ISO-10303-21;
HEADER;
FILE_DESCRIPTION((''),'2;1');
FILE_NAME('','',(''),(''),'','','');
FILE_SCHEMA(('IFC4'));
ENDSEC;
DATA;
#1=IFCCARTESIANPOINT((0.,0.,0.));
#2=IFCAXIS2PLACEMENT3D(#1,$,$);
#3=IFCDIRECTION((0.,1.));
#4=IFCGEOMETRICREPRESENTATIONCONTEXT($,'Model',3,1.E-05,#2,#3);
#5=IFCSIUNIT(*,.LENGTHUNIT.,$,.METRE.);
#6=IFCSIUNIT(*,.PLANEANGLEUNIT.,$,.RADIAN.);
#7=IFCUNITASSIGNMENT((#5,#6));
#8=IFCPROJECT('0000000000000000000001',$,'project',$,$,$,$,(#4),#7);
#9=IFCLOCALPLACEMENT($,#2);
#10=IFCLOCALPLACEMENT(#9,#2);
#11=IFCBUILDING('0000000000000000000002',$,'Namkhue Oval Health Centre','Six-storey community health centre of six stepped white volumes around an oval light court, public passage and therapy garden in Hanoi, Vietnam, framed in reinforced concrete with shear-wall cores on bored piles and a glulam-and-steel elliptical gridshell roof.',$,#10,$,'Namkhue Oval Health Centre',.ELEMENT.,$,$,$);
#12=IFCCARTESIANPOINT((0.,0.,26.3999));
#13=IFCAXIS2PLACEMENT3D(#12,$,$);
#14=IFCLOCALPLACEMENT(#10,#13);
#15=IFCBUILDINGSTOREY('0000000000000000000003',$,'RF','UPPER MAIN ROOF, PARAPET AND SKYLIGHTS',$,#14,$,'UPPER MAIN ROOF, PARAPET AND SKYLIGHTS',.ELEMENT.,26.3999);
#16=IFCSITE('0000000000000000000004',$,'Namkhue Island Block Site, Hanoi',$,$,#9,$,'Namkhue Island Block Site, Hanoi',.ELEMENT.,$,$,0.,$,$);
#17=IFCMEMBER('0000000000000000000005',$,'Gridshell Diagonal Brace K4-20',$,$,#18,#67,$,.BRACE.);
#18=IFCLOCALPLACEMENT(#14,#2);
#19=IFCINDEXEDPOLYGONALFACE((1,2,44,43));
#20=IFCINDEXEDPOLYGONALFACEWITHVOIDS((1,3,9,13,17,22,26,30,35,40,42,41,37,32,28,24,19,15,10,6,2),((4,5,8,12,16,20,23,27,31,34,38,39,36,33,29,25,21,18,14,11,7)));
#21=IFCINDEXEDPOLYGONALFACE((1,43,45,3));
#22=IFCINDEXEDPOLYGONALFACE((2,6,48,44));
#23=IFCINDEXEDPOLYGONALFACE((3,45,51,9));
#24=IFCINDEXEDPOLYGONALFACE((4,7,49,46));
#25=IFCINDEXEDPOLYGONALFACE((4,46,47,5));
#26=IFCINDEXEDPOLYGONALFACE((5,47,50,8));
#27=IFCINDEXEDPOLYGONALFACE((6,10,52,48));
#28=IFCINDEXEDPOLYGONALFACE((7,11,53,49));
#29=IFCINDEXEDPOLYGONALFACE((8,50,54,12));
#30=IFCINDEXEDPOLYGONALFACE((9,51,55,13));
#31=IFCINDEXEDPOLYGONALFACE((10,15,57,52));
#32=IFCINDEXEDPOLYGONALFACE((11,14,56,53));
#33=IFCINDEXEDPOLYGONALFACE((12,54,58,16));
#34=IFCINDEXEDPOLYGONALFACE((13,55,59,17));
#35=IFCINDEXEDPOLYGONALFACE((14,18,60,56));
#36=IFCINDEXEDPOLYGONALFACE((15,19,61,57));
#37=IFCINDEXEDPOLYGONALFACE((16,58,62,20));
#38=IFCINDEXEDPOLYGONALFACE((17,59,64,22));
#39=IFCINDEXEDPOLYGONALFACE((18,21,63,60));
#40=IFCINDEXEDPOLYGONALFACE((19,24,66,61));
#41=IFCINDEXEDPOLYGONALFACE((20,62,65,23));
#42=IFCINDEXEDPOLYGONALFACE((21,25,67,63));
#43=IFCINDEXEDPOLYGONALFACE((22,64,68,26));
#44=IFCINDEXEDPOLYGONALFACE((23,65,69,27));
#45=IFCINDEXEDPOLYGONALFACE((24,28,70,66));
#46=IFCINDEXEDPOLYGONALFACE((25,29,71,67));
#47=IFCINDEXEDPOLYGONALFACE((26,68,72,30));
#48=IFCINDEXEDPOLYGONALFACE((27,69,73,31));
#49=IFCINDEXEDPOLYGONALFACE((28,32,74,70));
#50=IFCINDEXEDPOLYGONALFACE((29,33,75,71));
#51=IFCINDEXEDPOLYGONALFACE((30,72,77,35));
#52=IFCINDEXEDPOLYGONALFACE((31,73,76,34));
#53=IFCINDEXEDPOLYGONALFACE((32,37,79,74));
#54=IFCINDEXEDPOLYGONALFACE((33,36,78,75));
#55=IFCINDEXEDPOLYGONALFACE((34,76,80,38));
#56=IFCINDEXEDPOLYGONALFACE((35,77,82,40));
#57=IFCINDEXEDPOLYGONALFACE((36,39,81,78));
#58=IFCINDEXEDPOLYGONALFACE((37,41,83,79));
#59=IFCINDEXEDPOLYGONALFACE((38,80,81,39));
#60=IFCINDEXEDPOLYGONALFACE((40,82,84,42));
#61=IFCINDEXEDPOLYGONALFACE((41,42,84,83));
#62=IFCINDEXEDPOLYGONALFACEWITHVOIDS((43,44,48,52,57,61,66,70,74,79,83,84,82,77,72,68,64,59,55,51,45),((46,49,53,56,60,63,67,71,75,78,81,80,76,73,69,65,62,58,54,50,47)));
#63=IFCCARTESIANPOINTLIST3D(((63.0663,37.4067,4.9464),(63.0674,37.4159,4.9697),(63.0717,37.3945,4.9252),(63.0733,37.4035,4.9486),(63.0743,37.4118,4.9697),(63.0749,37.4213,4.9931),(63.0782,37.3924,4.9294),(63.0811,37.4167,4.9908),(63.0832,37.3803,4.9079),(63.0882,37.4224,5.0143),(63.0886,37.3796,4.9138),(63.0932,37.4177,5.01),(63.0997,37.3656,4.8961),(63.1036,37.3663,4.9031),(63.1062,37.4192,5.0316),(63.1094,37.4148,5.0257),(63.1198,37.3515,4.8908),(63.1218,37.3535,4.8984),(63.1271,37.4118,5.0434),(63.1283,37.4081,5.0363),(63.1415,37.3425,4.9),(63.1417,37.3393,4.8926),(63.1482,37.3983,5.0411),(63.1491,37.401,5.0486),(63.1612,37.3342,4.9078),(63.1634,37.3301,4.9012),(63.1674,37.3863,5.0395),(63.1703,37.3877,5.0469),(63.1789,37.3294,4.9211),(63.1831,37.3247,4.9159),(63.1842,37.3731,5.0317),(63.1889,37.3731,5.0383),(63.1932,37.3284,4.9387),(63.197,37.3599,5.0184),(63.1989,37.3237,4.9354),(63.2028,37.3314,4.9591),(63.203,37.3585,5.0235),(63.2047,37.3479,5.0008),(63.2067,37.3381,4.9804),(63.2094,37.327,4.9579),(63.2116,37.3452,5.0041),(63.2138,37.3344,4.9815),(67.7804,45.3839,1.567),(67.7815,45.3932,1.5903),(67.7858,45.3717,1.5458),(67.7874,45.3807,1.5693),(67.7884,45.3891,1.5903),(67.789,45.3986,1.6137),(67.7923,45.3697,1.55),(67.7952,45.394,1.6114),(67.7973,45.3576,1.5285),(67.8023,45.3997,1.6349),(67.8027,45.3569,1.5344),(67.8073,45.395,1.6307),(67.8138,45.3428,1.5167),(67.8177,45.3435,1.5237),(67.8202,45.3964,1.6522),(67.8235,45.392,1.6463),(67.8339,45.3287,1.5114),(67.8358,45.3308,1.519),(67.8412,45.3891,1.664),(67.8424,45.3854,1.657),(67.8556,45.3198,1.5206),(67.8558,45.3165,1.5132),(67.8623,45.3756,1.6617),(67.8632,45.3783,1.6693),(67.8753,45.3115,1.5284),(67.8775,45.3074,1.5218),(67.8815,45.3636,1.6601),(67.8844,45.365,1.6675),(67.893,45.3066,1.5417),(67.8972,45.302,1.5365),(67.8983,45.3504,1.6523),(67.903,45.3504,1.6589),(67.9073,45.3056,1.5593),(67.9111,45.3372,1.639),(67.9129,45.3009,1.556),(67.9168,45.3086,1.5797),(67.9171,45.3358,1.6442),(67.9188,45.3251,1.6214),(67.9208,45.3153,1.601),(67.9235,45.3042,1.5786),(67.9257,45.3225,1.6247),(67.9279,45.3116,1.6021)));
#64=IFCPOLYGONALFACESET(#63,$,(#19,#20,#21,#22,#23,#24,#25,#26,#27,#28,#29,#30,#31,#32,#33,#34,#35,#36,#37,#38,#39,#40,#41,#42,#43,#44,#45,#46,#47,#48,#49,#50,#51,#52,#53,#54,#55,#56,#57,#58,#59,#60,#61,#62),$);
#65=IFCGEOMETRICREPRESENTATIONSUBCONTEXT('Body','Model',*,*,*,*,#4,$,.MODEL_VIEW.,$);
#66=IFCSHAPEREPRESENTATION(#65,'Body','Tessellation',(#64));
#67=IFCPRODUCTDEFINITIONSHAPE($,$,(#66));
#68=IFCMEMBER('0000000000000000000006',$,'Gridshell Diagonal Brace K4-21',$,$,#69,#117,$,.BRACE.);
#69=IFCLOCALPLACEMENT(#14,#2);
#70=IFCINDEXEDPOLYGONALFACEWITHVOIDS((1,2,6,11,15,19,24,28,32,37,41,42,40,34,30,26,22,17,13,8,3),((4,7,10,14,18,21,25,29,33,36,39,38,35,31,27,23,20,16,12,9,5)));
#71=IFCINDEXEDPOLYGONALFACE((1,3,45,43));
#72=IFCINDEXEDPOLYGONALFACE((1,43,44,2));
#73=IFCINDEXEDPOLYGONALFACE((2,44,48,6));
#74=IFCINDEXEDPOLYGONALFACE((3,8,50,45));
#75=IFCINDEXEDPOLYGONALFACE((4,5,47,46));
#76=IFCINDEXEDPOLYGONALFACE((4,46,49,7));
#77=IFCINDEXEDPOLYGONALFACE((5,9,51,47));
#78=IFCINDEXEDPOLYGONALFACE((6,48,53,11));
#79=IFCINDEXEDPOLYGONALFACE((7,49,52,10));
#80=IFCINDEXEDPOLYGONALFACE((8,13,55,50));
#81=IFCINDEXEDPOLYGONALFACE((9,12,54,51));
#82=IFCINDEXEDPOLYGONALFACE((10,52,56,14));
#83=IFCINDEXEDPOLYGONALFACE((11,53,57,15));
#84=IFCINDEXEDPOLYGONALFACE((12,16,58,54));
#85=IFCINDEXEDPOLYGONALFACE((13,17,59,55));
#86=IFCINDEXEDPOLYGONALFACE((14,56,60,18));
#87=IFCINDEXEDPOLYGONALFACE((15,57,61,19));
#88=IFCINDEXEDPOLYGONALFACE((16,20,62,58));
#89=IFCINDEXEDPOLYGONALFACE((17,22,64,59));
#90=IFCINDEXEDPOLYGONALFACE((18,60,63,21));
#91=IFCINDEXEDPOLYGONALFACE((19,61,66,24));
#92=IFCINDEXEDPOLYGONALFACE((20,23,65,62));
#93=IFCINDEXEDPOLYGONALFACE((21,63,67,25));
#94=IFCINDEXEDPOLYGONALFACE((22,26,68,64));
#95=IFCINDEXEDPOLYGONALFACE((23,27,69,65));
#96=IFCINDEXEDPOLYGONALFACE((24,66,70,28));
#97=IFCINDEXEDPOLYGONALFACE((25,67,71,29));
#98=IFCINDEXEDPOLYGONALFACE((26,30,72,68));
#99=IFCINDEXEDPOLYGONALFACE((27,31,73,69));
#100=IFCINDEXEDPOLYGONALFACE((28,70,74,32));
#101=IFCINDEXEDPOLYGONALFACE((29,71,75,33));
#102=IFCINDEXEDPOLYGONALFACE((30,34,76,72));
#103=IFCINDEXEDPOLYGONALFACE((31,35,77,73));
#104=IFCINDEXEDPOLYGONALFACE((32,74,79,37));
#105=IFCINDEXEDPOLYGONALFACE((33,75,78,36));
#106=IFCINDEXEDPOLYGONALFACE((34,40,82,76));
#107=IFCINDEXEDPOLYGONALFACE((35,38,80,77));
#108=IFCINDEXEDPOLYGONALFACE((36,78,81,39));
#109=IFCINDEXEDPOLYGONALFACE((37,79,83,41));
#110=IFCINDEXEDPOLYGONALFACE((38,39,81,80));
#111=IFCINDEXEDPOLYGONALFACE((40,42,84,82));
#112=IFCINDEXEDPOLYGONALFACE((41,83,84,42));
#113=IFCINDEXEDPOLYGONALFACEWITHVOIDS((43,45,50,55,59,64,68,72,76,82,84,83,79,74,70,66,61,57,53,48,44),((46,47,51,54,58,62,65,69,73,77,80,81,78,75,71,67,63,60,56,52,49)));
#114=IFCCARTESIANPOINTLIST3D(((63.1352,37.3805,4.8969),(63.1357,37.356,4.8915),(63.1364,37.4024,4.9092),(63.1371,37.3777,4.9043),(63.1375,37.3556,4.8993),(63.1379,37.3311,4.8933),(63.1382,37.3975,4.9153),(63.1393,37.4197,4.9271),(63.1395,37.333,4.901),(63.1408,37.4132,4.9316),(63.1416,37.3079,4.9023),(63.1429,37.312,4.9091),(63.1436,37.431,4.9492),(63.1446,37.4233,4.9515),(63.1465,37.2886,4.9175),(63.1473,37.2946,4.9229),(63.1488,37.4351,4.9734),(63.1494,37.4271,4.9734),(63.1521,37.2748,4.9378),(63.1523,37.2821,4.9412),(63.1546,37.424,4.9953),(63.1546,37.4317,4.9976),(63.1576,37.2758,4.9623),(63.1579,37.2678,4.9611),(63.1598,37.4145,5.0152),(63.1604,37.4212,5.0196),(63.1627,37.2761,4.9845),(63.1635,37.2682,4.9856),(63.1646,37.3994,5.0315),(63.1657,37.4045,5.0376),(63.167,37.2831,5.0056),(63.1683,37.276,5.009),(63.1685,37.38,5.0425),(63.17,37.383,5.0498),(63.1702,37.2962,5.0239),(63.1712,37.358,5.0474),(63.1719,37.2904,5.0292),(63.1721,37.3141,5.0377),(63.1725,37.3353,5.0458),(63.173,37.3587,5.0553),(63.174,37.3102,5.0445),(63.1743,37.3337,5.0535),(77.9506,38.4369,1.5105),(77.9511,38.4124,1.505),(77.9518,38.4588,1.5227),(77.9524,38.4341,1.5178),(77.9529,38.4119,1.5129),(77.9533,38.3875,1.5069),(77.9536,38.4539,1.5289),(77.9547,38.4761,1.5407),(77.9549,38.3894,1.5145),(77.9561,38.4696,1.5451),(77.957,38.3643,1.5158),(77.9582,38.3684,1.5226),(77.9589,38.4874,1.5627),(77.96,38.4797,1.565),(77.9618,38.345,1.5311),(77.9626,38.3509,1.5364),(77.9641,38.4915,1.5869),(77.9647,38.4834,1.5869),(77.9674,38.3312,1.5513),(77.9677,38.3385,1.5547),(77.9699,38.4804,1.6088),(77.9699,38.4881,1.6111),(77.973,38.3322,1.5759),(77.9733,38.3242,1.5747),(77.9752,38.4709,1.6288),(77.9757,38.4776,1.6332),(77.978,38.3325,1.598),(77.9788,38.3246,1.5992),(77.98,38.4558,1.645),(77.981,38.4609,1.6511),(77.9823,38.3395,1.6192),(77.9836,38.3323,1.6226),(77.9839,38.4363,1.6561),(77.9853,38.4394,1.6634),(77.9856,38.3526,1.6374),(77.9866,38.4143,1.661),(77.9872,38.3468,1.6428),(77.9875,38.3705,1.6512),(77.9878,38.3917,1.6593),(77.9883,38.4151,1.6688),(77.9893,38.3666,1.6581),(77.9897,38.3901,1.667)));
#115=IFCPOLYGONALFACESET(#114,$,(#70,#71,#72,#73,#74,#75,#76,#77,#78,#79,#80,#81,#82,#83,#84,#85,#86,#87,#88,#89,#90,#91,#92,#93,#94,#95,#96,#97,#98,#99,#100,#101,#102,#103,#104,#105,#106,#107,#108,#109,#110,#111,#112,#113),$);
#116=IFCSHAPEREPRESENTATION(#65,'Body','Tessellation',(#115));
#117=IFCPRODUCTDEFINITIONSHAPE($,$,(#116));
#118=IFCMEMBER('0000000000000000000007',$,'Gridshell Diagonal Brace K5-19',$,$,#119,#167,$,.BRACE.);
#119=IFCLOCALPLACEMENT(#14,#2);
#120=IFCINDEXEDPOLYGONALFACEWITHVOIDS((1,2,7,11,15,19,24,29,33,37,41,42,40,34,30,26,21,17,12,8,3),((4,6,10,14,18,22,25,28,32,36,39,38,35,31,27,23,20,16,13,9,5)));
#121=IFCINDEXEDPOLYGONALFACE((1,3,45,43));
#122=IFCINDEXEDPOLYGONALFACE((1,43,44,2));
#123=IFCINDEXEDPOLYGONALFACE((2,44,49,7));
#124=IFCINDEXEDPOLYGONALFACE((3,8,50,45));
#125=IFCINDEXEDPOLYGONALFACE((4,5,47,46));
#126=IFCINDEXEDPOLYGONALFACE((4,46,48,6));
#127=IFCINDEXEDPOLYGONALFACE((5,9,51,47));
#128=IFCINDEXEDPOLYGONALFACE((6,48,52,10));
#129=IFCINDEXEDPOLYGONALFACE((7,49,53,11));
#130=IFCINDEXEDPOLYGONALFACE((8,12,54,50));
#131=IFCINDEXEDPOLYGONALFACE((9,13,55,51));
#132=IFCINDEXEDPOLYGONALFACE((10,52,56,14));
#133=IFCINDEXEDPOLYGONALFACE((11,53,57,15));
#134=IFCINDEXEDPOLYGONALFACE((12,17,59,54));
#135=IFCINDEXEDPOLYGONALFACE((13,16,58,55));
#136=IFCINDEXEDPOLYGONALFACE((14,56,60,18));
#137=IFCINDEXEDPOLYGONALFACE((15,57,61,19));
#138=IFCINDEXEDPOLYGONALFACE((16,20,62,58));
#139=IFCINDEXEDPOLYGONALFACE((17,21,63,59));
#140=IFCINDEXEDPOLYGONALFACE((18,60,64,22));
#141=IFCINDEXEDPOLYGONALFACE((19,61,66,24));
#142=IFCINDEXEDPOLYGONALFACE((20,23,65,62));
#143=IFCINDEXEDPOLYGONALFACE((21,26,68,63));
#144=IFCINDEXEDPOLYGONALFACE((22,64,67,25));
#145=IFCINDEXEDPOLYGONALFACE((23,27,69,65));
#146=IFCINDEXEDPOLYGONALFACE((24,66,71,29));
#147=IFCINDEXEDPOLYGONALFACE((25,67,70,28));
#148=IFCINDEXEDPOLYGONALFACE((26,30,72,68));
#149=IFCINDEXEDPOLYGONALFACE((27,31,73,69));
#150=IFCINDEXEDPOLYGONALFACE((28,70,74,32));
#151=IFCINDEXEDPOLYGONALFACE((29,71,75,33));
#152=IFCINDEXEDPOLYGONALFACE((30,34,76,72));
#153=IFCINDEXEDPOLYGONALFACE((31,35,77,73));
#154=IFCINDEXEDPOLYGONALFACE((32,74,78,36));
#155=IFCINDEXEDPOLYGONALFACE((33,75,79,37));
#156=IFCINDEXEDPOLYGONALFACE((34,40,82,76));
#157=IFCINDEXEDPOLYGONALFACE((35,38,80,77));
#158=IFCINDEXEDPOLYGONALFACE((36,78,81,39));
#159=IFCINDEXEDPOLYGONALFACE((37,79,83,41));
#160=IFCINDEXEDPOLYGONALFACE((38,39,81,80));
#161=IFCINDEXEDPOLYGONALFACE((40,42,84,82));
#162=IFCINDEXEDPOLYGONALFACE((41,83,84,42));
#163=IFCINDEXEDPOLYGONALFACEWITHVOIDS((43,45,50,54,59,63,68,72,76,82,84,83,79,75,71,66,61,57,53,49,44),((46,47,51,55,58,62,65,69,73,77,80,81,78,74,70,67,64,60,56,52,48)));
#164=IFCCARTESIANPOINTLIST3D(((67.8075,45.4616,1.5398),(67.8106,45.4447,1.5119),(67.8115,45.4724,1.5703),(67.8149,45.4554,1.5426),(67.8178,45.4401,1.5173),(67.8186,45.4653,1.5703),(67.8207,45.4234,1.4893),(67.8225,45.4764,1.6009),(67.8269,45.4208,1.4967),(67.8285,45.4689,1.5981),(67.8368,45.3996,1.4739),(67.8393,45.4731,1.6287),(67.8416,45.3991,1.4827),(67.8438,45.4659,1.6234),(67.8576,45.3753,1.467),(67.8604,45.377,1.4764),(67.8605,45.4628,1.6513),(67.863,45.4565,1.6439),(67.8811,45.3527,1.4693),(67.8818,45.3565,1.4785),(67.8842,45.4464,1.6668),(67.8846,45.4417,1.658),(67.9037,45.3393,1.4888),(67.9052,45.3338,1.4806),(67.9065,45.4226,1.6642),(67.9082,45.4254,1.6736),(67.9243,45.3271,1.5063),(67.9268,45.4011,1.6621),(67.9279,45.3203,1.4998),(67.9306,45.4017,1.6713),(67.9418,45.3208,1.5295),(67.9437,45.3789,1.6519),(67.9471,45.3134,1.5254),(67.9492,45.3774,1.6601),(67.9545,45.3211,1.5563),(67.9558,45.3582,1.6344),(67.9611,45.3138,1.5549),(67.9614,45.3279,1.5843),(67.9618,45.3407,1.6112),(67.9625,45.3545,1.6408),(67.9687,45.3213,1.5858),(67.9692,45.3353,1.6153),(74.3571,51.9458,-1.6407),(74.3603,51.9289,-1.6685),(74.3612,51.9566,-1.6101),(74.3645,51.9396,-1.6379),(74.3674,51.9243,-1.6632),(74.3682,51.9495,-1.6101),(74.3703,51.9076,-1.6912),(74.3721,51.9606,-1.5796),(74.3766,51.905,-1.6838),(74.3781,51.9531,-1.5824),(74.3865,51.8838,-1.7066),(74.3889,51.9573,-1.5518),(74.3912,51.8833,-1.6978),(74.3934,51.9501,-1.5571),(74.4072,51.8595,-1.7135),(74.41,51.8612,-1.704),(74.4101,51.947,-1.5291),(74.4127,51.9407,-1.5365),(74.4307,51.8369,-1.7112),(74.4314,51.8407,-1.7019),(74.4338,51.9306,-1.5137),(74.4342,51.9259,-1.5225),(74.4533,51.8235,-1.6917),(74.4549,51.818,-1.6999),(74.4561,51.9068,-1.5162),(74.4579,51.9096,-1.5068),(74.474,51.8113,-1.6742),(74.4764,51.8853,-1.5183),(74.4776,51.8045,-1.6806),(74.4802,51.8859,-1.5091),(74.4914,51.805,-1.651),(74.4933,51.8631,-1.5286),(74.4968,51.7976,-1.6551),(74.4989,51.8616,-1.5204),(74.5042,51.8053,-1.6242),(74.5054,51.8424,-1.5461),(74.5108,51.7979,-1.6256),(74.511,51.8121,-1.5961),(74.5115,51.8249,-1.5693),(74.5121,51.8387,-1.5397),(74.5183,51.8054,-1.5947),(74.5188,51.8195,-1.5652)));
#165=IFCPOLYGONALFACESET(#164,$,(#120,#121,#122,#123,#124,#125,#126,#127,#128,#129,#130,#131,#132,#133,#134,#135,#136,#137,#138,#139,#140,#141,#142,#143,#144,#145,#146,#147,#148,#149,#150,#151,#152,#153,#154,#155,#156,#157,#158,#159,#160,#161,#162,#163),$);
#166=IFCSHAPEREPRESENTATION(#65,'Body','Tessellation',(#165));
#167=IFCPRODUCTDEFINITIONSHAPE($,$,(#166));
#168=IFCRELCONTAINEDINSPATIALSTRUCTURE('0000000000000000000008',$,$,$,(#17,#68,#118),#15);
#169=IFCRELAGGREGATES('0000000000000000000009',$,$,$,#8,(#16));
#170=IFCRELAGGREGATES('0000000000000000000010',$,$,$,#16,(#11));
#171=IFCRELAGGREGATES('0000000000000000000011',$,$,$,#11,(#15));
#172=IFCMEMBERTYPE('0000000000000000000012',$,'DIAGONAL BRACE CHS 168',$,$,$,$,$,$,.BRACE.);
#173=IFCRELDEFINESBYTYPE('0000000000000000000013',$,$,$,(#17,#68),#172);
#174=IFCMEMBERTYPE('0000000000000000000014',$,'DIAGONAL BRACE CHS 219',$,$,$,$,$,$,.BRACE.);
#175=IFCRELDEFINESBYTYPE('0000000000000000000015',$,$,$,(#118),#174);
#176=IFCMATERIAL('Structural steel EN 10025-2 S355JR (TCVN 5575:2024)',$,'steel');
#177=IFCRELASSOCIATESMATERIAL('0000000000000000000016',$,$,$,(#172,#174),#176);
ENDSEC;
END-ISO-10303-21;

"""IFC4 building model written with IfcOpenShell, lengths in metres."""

from ifc_helpers import new_model, si_unit, direction, frame, origin, origin_2d, place, context, subcontext, project, spatial, hollow_circle, extrude, material, material_profile, profile_set, type_object, element, save


model = new_model("IFC4")

# Units and contexts
model_context = context("Model", 3, precision=1e-05, world=origin(), true_north=direction((0.0, 1.0)))
body_context = subcontext(model_context, "Body", "Model", "MODEL_VIEW")
ifc_project = project(units=[si_unit("LENGTHUNIT", "METRE"), si_unit("PLANEANGLEUNIT", "RADIAN")], contexts=[model_context])

# Site, building, storey
site_placement = place(None, origin())
site = spatial("IfcSite", under=ifc_project, at=site_placement, Name="Namkhue Island Block Site, Hanoi", LongName="Namkhue Island Block Site, Hanoi", CompositionType="ELEMENT", RefElevation=0.0)
building_placement = place(site_placement, origin())
building = spatial("IfcBuilding", under=site, at=building_placement, Name="Namkhue Oval Health Centre", Description="Six-storey community health centre of six stepped white volumes around an oval light court, public passage and therapy garden in Hanoi, Vietnam, framed in reinforced concrete with shear-wall cores on bored piles and a glulam-and-steel elliptical gridshell roof.", LongName="Namkhue Oval Health Centre", CompositionType="ELEMENT")
storey_placement = place(building_placement, frame((0.0, 0.0, 26.3999)))
storey = spatial("IfcBuildingStorey", under=building, at=storey_placement, Name="RF", Description="UPPER MAIN ROOF, PARAPET AND SKYLIGHTS", LongName="UPPER MAIN ROOF, PARAPET AND SKYLIGHTS", CompositionType="ELEMENT", Elevation=26.3999)

# Members
ifc_material_1 = material(Name="Structural steel EN 10025-2 S355JR (TCVN 5575:2024)", Category="steel")
ifc_material_profile_1 = material_profile(ifc_material_1, hollow_circle(Radius=0.0842, WallThickness=0.0081, at=origin_2d()), Name="CHS 168.3x8")
ifc_profile_set_1 = profile_set([ifc_material_profile_1], Name="Structural steel EN 10025-2 S355JR (TCVN 5575:2024)")
member_type_1 = type_object("IfcMemberType", Name="DIAGONAL BRACE CHS 168", PredefinedType="BRACE", material=ifc_profile_set_1)
member_1_placement = place(storey_placement, frame((63.1399, 37.373, 4.9697), z_axis=(0.477955, 0.808803, -0.342631), x_axis=(-0.860914, 0.50875, 0.0)))
element("IfcMember", 1, at=member_1_placement, inside=storey, type_object=member_type_1, Name="Gridshell Diagonal Brace K4-20", PredefinedType="BRACE", context=body_context, shape_type="SweptSolid", body=[
    extrude(hollow_circle(Radius=0.0842, WallThickness=0.0081, at=origin_2d()), origin(), (0.0, 0.0, 1.0), 9.863),
])
member_2_placement = place(storey_placement, frame((63.1548, 37.3511, 4.9734), z_axis=(0.972511, 0.069344, -0.222294), x_axis=(-0.071123, 0.997468, 0.0)))
element("IfcMember", 2, at=member_2_placement, inside=storey, type_object=member_type_1, Name="Gridshell Diagonal Brace K4-21", PredefinedType="BRACE", context=body_context, shape_type="SweptSolid", body=[
    extrude(hollow_circle(Radius=0.0842, WallThickness=0.0081, at=origin_2d()), origin(), (0.0, 0.0, 1.0), 15.2341),
])
ifc_material_profile_2 = material_profile(ifc_material_1, hollow_circle(Radius=0.1096, WallThickness=0.01, at=origin_2d()), Name="CHS 219.1x10")
ifc_profile_set_2 = profile_set([ifc_material_profile_2], Name="Structural steel EN 10025-2 S355JR (TCVN 5575:2024)")
member_type_2 = type_object("IfcMemberType", Name="DIAGONAL BRACE CHS 219", PredefinedType="BRACE", material=ifc_profile_set_2)
member_3_placement = place(storey_placement, frame((67.8887, 45.3945, 1.5703), z_axis=(0.671774, 0.665063, -0.326208), x_axis=(-0.703548, 0.710648, 0.0)))
element("IfcMember", 3, at=member_3_placement, inside=storey, type_object=member_type_2, Name="Gridshell Diagonal Brace K5-19", PredefinedType="BRACE", context=body_context, shape_type="SweptSolid", body=[
    extrude(hollow_circle(Radius=0.1096, WallThickness=0.01, at=origin_2d()), origin(), (0.0, 0.0, 1.0), 9.7498),
])

save(model, "model.ifc")
